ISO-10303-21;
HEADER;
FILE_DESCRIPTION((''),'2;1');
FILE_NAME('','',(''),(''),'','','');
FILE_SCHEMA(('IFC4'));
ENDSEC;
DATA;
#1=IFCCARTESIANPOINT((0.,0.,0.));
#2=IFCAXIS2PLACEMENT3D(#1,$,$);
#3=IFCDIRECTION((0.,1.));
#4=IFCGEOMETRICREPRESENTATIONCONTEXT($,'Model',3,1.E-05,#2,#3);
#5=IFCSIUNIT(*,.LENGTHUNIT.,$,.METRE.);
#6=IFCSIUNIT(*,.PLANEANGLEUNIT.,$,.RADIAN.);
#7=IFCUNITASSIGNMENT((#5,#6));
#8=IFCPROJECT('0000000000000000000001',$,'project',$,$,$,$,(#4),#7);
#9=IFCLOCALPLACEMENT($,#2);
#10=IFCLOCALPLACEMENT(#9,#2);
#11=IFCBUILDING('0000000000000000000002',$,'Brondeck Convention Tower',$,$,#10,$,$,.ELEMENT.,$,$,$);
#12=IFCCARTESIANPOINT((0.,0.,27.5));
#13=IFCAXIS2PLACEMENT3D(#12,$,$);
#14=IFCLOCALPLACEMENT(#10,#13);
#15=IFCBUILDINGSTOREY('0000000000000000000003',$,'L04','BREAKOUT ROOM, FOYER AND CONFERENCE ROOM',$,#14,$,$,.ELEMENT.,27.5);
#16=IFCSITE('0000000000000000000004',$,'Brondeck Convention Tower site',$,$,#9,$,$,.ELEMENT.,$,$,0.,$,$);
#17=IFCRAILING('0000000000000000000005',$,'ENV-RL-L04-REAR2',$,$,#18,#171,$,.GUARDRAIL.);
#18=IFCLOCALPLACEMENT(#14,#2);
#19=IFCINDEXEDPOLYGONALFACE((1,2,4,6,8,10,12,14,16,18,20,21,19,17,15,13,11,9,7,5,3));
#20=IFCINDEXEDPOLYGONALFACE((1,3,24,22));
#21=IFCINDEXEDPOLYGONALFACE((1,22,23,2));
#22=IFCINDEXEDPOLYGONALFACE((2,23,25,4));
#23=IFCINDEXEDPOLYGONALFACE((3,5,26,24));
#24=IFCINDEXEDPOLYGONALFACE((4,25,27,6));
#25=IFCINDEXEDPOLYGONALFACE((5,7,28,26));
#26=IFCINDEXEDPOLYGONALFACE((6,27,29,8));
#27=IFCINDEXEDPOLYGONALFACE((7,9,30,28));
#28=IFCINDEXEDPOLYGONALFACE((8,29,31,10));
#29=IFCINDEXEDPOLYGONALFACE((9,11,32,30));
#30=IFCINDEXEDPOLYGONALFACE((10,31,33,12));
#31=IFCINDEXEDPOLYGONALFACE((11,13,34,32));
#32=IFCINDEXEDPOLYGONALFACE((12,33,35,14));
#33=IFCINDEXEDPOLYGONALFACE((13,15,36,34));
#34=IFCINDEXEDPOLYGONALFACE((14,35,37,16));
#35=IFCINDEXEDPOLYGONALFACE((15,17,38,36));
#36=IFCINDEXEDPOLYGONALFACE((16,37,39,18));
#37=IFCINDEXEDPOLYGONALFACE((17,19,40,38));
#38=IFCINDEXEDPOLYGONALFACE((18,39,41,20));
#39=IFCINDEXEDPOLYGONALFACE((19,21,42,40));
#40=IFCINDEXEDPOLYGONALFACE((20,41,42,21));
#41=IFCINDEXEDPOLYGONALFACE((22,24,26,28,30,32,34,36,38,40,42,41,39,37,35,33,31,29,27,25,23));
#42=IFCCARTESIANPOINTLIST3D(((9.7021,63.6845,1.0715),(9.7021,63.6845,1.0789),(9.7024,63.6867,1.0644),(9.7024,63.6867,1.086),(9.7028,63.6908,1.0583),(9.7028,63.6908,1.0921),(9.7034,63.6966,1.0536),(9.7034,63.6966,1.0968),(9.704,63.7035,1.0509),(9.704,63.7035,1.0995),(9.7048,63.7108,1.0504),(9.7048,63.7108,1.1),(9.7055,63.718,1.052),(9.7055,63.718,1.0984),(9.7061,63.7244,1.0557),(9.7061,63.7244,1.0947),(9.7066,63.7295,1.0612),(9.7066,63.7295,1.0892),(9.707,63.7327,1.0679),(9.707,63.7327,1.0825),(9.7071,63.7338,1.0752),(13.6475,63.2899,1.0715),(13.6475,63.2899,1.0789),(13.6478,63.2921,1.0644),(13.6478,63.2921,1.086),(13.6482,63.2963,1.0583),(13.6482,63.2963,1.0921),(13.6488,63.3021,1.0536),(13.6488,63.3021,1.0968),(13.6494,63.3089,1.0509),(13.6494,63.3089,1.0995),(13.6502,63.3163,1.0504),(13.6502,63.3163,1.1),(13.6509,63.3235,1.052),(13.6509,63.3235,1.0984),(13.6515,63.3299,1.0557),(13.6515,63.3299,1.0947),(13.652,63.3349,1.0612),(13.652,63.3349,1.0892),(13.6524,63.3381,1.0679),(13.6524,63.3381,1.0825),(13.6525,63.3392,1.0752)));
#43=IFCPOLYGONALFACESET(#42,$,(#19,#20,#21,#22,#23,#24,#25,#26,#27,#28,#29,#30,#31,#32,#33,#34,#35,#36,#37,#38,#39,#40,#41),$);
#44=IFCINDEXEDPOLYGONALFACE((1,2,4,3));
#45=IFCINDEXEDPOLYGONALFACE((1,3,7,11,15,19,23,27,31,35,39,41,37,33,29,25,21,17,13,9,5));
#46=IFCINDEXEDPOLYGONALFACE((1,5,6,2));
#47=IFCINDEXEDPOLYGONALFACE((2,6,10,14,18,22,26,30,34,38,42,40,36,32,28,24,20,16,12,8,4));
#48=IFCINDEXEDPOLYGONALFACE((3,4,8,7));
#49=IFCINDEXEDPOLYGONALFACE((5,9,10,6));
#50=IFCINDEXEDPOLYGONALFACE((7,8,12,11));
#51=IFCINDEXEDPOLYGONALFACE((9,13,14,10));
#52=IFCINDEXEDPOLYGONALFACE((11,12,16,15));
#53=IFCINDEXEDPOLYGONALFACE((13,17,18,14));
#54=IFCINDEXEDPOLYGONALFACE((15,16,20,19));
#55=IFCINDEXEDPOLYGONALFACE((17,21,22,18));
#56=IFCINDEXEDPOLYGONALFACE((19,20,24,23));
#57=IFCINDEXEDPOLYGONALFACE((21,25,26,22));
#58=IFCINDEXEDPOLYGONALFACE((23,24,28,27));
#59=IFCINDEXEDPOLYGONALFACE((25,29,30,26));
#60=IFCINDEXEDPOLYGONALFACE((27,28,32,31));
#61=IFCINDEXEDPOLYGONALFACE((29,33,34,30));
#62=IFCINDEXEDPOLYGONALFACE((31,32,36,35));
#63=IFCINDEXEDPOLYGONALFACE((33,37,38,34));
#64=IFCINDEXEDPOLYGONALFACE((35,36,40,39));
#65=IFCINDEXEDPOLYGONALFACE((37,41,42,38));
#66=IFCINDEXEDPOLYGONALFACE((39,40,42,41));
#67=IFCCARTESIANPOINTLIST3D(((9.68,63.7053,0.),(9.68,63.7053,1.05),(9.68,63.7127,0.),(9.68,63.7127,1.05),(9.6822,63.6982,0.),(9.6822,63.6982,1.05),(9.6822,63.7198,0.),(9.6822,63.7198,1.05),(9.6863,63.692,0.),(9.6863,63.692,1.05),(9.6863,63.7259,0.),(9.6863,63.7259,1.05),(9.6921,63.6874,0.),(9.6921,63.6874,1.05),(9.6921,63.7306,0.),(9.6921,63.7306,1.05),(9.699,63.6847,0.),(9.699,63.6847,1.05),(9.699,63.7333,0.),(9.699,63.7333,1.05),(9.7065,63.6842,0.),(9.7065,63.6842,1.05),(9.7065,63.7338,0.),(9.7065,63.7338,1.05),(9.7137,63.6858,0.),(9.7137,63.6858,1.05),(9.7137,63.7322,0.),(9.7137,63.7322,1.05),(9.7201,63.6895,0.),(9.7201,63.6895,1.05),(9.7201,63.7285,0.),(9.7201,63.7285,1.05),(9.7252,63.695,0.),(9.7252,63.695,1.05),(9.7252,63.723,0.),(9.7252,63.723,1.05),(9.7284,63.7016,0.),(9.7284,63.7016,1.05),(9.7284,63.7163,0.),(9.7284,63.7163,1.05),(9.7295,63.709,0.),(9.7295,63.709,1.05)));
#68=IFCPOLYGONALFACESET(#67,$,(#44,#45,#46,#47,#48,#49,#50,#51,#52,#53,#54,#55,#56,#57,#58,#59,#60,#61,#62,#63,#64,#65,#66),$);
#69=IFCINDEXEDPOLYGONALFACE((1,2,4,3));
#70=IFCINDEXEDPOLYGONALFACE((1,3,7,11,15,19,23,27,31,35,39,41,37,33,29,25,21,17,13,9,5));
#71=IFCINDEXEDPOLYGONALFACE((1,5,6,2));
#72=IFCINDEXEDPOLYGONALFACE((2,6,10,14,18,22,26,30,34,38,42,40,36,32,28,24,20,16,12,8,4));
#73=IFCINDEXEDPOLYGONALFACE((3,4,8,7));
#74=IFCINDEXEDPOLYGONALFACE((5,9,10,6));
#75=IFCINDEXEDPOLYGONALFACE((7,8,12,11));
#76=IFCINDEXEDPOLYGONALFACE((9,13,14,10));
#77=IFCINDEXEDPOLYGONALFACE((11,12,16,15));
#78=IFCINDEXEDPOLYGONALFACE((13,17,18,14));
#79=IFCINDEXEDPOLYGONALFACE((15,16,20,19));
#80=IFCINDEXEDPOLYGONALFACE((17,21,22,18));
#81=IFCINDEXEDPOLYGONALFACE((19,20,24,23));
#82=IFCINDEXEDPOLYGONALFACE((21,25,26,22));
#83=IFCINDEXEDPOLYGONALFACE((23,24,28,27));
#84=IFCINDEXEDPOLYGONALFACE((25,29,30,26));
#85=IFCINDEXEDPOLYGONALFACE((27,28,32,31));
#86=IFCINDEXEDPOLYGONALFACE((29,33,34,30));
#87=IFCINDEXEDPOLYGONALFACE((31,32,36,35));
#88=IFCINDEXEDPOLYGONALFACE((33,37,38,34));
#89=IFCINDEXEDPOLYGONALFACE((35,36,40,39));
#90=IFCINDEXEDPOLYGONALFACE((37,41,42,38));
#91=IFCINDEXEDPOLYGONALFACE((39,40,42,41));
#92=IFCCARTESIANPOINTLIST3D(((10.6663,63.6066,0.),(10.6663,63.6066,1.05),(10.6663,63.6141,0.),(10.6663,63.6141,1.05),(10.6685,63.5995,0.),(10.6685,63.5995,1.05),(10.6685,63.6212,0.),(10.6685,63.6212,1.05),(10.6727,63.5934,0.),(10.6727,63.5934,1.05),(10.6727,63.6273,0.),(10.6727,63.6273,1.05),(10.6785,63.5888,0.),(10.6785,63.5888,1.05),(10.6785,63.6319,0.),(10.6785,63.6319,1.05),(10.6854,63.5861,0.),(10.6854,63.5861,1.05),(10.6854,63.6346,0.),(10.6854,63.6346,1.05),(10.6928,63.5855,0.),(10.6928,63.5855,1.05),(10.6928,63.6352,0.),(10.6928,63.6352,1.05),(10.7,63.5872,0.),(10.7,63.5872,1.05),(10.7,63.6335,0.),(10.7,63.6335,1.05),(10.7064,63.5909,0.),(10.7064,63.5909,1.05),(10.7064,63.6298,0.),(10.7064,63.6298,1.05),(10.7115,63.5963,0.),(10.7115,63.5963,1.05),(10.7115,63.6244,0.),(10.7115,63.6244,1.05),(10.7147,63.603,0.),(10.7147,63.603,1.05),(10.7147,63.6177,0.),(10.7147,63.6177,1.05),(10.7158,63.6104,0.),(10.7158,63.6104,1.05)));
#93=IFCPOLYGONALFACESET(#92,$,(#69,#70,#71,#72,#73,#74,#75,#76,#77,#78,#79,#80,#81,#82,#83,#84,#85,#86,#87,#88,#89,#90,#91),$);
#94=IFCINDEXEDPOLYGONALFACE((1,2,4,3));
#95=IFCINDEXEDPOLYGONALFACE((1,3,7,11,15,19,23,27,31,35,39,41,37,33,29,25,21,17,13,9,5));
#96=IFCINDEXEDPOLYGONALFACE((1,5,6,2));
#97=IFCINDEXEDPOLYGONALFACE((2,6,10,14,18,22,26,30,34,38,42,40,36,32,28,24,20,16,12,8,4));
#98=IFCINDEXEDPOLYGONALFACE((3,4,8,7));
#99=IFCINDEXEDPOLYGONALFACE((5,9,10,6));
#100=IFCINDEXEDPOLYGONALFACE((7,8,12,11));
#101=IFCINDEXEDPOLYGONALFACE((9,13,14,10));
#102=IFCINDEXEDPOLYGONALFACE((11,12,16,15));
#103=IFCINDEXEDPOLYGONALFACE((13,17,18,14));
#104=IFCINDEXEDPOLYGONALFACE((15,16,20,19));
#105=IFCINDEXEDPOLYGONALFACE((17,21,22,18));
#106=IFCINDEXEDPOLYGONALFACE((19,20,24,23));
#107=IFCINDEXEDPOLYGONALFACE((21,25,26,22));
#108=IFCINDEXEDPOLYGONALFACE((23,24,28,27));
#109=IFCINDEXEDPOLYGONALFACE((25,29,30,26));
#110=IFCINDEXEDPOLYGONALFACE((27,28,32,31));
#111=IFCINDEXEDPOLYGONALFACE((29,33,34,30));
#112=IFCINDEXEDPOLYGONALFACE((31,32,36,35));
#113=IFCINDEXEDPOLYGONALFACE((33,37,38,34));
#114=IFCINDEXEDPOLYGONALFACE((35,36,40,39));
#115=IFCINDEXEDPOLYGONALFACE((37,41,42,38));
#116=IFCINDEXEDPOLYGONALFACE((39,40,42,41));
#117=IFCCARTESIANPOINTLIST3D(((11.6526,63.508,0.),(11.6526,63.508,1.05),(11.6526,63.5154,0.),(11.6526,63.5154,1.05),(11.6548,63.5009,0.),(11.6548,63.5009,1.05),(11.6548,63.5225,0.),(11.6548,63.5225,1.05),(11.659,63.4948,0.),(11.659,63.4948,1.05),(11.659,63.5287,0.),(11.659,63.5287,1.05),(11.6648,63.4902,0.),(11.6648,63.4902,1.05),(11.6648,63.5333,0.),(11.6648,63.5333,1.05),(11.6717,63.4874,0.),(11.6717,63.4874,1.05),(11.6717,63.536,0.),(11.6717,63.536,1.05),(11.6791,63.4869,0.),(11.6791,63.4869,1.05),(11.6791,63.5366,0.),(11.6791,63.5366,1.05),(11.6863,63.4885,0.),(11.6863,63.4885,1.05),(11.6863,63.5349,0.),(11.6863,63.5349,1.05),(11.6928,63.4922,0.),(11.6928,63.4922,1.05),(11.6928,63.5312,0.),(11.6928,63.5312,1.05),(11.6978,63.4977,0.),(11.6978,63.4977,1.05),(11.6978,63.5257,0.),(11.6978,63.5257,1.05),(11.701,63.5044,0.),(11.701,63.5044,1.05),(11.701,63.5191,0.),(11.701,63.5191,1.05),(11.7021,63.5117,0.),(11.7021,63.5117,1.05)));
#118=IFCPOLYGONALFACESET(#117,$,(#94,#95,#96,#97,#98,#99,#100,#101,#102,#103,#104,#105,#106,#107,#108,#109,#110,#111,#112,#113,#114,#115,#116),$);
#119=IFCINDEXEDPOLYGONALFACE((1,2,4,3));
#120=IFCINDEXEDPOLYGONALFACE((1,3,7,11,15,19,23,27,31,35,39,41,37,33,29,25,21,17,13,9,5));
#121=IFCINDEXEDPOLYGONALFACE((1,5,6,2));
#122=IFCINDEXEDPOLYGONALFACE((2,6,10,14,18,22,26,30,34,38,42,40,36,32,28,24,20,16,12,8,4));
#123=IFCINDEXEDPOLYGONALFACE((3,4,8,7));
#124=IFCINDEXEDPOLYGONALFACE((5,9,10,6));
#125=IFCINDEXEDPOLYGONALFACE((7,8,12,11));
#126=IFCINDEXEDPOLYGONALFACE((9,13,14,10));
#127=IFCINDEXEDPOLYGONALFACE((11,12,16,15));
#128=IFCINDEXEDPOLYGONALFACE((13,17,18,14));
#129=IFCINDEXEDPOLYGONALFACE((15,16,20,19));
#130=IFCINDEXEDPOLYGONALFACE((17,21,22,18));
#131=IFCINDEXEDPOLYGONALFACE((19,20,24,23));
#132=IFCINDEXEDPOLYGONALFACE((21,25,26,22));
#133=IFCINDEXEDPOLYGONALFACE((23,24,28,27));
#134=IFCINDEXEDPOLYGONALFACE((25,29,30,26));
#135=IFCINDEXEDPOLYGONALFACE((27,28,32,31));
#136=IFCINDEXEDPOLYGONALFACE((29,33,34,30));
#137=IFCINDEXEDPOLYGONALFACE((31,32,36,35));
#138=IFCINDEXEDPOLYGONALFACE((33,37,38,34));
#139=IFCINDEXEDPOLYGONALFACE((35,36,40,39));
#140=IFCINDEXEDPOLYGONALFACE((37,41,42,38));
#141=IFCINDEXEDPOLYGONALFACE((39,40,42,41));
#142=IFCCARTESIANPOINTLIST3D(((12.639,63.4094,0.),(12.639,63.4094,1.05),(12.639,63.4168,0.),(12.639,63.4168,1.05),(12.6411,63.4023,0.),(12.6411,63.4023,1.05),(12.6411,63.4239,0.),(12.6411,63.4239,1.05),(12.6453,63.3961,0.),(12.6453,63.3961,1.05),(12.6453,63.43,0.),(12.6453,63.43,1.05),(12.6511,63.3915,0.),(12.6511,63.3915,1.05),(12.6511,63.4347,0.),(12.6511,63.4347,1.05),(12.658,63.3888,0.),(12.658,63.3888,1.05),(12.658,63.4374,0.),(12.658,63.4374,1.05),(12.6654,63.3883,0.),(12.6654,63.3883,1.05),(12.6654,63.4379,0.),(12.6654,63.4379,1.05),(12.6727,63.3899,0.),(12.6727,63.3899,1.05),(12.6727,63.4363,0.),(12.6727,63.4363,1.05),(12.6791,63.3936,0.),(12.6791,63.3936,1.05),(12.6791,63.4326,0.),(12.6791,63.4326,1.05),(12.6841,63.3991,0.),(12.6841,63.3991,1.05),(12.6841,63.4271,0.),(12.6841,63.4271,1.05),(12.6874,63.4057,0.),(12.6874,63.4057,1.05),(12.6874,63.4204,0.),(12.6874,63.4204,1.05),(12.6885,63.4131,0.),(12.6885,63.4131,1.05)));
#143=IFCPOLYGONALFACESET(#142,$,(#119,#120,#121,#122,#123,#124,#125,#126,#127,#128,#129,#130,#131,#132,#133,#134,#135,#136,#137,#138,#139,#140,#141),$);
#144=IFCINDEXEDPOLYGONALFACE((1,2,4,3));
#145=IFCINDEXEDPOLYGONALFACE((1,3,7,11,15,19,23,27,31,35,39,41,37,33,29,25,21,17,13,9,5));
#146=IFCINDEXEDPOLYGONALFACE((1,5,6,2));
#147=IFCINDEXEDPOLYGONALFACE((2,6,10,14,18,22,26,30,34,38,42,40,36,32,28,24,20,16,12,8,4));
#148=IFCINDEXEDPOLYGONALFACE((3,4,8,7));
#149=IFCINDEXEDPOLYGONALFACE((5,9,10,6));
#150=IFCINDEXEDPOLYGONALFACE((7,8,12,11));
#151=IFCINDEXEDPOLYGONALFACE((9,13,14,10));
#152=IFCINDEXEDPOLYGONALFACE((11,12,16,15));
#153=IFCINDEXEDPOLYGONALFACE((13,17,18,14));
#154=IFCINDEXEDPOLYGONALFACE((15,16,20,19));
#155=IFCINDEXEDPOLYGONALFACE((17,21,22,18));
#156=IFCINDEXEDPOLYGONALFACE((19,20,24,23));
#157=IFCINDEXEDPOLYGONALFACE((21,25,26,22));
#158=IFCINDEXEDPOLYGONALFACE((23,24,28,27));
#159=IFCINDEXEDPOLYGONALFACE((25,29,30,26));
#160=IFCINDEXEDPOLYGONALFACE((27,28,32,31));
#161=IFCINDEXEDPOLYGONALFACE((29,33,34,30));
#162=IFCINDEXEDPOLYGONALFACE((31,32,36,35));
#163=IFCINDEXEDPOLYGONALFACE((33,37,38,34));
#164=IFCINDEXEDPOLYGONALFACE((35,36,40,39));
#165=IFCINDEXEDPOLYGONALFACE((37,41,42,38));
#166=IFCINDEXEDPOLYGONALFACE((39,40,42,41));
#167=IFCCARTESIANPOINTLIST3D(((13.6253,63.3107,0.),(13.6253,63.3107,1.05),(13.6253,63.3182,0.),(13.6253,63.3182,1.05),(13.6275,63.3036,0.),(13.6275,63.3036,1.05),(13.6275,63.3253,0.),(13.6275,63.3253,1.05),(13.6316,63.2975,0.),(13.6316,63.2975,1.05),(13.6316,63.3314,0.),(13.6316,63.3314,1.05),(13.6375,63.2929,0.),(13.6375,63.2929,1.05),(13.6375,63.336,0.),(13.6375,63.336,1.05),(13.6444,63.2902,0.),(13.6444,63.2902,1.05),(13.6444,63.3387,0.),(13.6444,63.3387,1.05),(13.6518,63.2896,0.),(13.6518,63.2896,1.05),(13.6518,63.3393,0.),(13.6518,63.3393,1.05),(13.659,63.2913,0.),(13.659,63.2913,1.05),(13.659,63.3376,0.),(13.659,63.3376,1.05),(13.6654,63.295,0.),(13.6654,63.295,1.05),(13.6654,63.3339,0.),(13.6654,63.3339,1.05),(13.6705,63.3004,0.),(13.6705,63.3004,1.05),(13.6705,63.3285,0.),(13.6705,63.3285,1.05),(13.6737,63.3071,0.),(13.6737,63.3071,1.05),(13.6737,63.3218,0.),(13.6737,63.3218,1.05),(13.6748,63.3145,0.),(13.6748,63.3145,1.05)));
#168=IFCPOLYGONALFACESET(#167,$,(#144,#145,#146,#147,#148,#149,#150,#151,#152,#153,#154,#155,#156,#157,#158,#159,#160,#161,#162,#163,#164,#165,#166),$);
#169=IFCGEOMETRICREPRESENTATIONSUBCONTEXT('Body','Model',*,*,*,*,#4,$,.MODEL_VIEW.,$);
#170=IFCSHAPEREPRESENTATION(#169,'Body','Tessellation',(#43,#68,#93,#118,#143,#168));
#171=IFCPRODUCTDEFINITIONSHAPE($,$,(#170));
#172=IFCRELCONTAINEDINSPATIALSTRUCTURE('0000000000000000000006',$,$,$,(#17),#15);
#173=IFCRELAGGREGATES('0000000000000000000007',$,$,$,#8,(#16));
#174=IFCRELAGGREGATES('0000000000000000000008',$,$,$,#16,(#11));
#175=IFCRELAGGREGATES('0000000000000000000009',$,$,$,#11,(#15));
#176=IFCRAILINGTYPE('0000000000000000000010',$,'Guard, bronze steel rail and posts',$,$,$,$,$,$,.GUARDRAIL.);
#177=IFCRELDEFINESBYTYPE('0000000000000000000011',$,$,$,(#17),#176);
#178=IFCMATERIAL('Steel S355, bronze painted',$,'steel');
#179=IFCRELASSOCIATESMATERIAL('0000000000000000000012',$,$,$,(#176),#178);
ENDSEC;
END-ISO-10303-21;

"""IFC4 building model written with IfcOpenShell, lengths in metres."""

from ifc_helpers import new_model, si_unit, direction, frame, origin, origin_2d, place, context, subcontext, project, spatial, circle, extrude, material, type_object, element, save


model = new_model("IFC4")

# Units and contexts
model_context = context("Model", 3, precision=1e-05, world=origin(), true_north=direction((0.0, 1.0)))
body_context = subcontext(model_context, "Body", "Model", "MODEL_VIEW")
ifc_project = project(units=[si_unit("LENGTHUNIT", "METRE"), si_unit("PLANEANGLEUNIT", "RADIAN")], contexts=[model_context])

# Site, building, storey
site_placement = place(None, origin())
site = spatial("IfcSite", under=ifc_project, at=site_placement, Name="Brondeck Convention Tower site", CompositionType="ELEMENT", RefElevation=0.0)
building_placement = place(site_placement, origin())
building = spatial("IfcBuilding", under=site, at=building_placement, Name="Brondeck Convention Tower", CompositionType="ELEMENT")
storey_placement = place(building_placement, frame((0.0, 0.0, 27.5)))
storey = spatial("IfcBuildingStorey", under=building, at=storey_placement, Name="L04", Description="BREAKOUT ROOM, FOYER AND CONFERENCE ROOM", CompositionType="ELEMENT", Elevation=27.5)

# Railing
ifc_material_1 = material(Name="Steel S355, bronze painted", Category="steel")
railing_type_1 = type_object("IfcRailingType", Name="Guard, bronze steel rail and posts", PredefinedType="GUARDRAIL", material=ifc_material_1)
railing_1_placement = place(storey_placement, frame((9.7046, 63.709, 0.0)))
element("IfcRailing", 1, at=railing_1_placement, inside=storey, type_object=railing_type_1, Name="ENV-RL-L04-REAR2", PredefinedType="GUARDRAIL", context=body_context, shape_type="SweptSolid", body=[
    extrude(circle(Radius=0.0249, at=origin_2d()), frame((0.0, 0.0, 1.0752), z_axis=(0.995037, -0.099504, 0.0), x_axis=(0.099504, 0.995037, 0.0)), (0.0, 0.0, 1.0), 3.9651),
    extrude(circle(Radius=0.0249, at=origin_2d()), origin(), (0.0, 0.0, 1.0), 1.05),
    extrude(circle(Radius=0.0249, at=origin_2d()), frame((0.9863, -0.0986, 0.0)), (0.0, 0.0, 1.0), 1.05),
    extrude(circle(Radius=0.0249, at=origin_2d()), frame((1.9727, -0.1973, 0.0)), (0.0, 0.0, 1.0), 1.05),
    extrude(circle(Radius=0.0249, at=origin_2d()), frame((2.959, -0.2959, 0.0)), (0.0, 0.0, 1.0), 1.05),
    extrude(circle(Radius=0.0249, at=origin_2d()), frame((3.9453, -0.3945, 0.0)), (0.0, 0.0, 1.0), 1.05),
])

save(model, "model.ifc")
